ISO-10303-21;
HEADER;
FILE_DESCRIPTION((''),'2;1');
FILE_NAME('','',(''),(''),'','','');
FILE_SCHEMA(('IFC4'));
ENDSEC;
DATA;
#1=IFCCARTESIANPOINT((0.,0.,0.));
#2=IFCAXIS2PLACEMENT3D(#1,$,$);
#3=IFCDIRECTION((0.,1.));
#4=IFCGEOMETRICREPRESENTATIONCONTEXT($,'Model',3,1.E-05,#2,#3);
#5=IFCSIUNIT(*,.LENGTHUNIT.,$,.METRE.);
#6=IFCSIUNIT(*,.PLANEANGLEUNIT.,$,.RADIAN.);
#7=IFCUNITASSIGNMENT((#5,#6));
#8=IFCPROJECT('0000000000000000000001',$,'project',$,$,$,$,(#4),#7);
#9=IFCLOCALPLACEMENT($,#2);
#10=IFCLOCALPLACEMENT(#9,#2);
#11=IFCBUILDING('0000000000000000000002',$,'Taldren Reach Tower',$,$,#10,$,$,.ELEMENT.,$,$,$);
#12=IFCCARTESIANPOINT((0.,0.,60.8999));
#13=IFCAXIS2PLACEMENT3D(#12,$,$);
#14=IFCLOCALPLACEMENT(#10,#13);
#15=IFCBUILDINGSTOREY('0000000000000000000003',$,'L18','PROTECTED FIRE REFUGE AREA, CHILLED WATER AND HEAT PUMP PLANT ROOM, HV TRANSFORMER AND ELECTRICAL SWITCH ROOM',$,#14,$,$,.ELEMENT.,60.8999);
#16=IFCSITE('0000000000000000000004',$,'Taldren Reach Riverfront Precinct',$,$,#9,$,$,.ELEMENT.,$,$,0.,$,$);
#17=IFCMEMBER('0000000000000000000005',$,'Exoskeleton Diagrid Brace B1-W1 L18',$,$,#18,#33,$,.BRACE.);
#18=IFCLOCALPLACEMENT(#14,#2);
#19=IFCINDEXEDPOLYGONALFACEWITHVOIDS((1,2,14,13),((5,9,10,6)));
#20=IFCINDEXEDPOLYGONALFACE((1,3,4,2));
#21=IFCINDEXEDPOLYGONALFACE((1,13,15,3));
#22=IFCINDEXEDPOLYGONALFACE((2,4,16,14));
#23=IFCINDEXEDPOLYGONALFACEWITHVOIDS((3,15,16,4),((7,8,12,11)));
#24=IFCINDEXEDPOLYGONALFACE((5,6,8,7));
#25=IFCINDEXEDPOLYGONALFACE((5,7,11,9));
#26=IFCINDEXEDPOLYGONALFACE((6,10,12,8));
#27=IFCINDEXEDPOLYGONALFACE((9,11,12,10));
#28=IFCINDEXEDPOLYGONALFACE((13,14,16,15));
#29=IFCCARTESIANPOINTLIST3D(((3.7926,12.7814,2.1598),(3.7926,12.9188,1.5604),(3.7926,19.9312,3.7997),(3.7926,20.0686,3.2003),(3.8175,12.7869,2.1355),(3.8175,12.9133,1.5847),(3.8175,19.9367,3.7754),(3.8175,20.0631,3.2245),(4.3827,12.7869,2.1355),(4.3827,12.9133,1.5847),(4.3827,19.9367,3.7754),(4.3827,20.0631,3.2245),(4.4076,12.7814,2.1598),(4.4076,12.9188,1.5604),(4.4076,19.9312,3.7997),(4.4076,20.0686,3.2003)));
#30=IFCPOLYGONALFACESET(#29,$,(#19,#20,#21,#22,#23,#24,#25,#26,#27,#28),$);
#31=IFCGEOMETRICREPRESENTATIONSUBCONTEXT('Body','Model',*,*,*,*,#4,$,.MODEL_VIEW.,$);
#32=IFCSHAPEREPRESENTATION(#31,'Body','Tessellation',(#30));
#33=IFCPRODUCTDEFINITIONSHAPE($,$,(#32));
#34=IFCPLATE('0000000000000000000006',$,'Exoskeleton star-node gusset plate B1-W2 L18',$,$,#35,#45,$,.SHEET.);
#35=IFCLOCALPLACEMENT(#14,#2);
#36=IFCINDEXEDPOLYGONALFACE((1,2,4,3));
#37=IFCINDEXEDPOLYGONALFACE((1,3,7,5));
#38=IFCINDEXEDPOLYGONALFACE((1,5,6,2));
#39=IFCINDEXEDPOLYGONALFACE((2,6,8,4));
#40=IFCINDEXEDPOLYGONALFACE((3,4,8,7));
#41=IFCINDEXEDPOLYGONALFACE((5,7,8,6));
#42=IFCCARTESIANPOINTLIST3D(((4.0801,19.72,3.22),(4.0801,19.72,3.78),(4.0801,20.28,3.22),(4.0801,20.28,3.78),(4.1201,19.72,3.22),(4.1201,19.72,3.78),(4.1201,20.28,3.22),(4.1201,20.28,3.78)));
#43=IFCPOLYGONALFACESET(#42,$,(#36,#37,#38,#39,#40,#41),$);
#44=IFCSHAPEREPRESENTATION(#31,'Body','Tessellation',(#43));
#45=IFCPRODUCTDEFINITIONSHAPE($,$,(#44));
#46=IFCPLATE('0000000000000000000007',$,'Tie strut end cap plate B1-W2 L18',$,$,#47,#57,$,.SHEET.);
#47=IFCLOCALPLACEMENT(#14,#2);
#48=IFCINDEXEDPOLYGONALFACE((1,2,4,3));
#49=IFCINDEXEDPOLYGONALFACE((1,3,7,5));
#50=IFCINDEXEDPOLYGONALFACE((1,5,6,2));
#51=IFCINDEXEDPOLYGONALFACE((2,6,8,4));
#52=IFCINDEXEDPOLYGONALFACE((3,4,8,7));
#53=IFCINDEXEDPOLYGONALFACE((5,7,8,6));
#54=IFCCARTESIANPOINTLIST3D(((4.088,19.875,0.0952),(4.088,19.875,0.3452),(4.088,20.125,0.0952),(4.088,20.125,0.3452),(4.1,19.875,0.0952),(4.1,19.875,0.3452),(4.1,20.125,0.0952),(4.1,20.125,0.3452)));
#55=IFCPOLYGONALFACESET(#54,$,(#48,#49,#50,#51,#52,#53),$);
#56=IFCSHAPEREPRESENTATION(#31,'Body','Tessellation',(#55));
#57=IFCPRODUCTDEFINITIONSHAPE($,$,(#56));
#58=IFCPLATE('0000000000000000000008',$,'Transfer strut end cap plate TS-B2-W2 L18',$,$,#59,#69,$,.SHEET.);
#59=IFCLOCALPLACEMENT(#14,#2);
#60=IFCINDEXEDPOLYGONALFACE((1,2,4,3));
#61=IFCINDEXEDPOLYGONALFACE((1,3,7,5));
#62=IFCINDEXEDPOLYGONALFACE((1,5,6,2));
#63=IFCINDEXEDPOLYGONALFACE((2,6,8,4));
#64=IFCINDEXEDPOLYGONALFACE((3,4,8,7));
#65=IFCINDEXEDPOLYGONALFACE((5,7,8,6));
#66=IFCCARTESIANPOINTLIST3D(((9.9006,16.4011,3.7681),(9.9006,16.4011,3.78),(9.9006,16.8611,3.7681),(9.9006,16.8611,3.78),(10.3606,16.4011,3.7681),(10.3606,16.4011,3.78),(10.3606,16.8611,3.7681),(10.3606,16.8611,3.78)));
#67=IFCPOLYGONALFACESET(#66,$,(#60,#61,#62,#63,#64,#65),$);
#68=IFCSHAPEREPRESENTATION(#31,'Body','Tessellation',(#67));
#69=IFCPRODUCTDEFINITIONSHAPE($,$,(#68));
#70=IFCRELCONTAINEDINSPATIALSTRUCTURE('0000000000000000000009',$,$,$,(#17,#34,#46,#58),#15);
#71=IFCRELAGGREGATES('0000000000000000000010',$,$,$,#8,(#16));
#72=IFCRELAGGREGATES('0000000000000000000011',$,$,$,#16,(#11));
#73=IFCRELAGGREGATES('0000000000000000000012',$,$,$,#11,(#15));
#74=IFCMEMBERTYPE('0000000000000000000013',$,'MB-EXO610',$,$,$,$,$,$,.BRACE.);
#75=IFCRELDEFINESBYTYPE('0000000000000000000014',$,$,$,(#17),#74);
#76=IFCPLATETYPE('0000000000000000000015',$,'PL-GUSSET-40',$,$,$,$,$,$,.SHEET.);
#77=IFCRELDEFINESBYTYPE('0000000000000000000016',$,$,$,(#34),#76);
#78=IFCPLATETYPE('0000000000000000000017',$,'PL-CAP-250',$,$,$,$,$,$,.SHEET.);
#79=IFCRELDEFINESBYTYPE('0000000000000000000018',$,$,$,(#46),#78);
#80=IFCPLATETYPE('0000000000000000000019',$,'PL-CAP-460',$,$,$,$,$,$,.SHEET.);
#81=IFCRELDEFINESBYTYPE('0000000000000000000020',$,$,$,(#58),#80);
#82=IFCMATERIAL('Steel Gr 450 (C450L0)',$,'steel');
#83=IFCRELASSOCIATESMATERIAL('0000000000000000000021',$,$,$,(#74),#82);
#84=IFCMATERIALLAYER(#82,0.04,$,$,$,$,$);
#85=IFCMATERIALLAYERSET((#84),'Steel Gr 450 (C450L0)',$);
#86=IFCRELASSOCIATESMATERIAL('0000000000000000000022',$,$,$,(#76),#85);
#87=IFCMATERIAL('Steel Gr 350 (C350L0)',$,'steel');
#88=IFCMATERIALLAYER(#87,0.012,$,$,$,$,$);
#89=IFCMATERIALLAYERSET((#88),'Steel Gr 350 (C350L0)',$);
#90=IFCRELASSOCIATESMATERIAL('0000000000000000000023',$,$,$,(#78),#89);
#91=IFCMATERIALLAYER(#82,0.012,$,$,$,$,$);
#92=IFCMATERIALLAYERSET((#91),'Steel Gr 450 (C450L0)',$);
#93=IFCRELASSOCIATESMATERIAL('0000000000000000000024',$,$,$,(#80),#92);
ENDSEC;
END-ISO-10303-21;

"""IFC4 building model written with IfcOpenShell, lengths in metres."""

from ifc_helpers import new_model, si_unit, direction, frame, origin, origin_2d, place, context, subcontext, project, spatial, rectangle, hollow_rectangle, extrude, source, transform, mapped, material, layer, layer_set, material_profile, profile_set, type_object, element, save


model = new_model("IFC4")

# Units and contexts
model_context = context("Model", 3, precision=1e-05, world=origin(), true_north=direction((0.0, 1.0)))
body_context = subcontext(model_context, "Body", "Model", "MODEL_VIEW")
ifc_project = project(units=[si_unit("LENGTHUNIT", "METRE"), si_unit("PLANEANGLEUNIT", "RADIAN")], contexts=[model_context])

# Site, building, storey
site_placement = place(None, origin())
site = spatial("IfcSite", under=ifc_project, at=site_placement, Name="Taldren Reach Riverfront Precinct", CompositionType="ELEMENT", RefElevation=0.0)
building_placement = place(site_placement, origin())
building = spatial("IfcBuilding", under=site, at=building_placement, Name="Taldren Reach Tower", CompositionType="ELEMENT")
storey_placement = place(building_placement, frame((0.0, 0.0, 60.8999)))
storey = spatial("IfcBuildingStorey", under=building, at=storey_placement, Name="L18", Description="PROTECTED FIRE REFUGE AREA, CHILLED WATER AND HEAT PUMP PLANT ROOM, HV TRANSFORMER AND ELECTRICAL SWITCH ROOM", CompositionType="ELEMENT", Elevation=60.8999)

# Shared definitions
ifc_material_1 = material(Name="Steel Gr 450 (C450L0)", Category="steel")
ifc_material_2 = material(Name="Steel Gr 350 (C350L0)", Category="steel")

# Member
ifc_material_profile_1 = material_profile(ifc_material_1, hollow_rectangle(XDim=0.615, YDim=0.615, WallThickness=0.0249, at=origin_2d()), Name="615x615x25.0SHS")
ifc_profile_set_1 = profile_set([ifc_material_profile_1], Name="Steel Gr 450 (C450L0)")
member_type_1 = type_object("IfcMemberType", Name="MB-EXO610", PredefinedType="BRACE", material=ifc_profile_set_1)
shared_shape_1 = source(origin(), body_context, "Body", "SweptSolid", [
    extrude(hollow_rectangle(XDim=0.615, YDim=0.615, WallThickness=0.0249, at=origin_2d()), origin(), (0.0, 0.0, 1.0), 7.3354),
])
member_1_placement = place(storey_placement, frame((4.1001, 12.8501, 1.8601), z_axis=(0.0, 0.974692, 0.223554), x_axis=(-1.0, 0.0, 0.0)))
element("IfcMember", 1, at=member_1_placement, inside=storey, type_object=member_type_1, Name="Exoskeleton Diagrid Brace B1-W1 L18", PredefinedType="BRACE", context=body_context, shape_type="MappedRepresentation", body=[
    mapped(shared_shape_1, transform((0.0, 0.0, 0.0), scale=1.0)),
])

# Plates
ifc_layer_1 = layer(ifc_material_1, 0.04)
ifc_layer_set_1 = layer_set([ifc_layer_1], Name="Steel Gr 450 (C450L0)")
plate_type_1 = type_object("IfcPlateType", Name="PL-GUSSET-40", PredefinedType="SHEET", material=ifc_layer_set_1)
shared_shape_2 = source(origin(), body_context, "Body", "SweptSolid", [
    extrude(rectangle(XDim=0.5601, YDim=0.04, at=origin_2d()), origin(), (0.0, 0.0, 1.0), 0.5601),
])
plate_1_placement = place(storey_placement, frame((4.1001, 20.0, 3.22), z_axis=(0.0, 0.0, 1.0), x_axis=(0.0, 1.0, 0.0)))
element("IfcPlate", 2, at=plate_1_placement, inside=storey, type_object=plate_type_1, Name="Exoskeleton star-node gusset plate B1-W2 L18", PredefinedType="SHEET", context=body_context, shape_type="MappedRepresentation", body=[
    mapped(shared_shape_2, transform((0.0, 0.0, 0.0), scale=1.0)),
])
ifc_layer_2 = layer(ifc_material_2, 0.012)
ifc_layer_set_2 = layer_set([ifc_layer_2], Name="Steel Gr 350 (C350L0)")
plate_type_2 = type_object("IfcPlateType", Name="PL-CAP-250", PredefinedType="SHEET", material=ifc_layer_set_2)
shared_shape_3 = source(origin(), body_context, "Body", "SweptSolid", [
    extrude(rectangle(XDim=0.012, YDim=0.25, at=origin_2d()), origin(), (0.0, 0.0, 1.0), 0.25),
])
plate_2_placement = place(storey_placement, frame((4.094, 20.0, 0.0952), z_axis=(0.0, 0.0, 1.0), x_axis=(1.0, 0.0, 0.0)))
element("IfcPlate", 3, at=plate_2_placement, inside=storey, type_object=plate_type_2, Name="Tie strut end cap plate B1-W2 L18", PredefinedType="SHEET", context=body_context, shape_type="MappedRepresentation", body=[
    mapped(shared_shape_3, transform((0.0, 0.0, 0.0), scale=1.0)),
])
ifc_layer_3 = layer(ifc_material_1, 0.012)
ifc_layer_set_3 = layer_set([ifc_layer_3], Name="Steel Gr 450 (C450L0)")
plate_type_3 = type_object("IfcPlateType", Name="PL-CAP-460", PredefinedType="SHEET", material=ifc_layer_set_3)
shared_shape_4 = source(origin(), body_context, "Body", "SweptSolid", [
    extrude(rectangle(XDim=0.46, YDim=0.46, at=origin_2d()), origin(), (0.0, 0.0, 1.0), 0.012),
])
plate_3_placement = place(storey_placement, frame((10.1306, 16.6311, 3.7681), z_axis=(0.0, 0.0, 1.0), x_axis=(1.0, 0.0, 0.0)))
element("IfcPlate", 4, at=plate_3_placement, inside=storey, type_object=plate_type_3, Name="Transfer strut end cap plate TS-B2-W2 L18", PredefinedType="SHEET", context=body_context, shape_type="MappedRepresentation", body=[
    mapped(shared_shape_4, transform((0.0, 0.0, 0.0), scale=1.0)),
])

save(model, "model.ifc")
